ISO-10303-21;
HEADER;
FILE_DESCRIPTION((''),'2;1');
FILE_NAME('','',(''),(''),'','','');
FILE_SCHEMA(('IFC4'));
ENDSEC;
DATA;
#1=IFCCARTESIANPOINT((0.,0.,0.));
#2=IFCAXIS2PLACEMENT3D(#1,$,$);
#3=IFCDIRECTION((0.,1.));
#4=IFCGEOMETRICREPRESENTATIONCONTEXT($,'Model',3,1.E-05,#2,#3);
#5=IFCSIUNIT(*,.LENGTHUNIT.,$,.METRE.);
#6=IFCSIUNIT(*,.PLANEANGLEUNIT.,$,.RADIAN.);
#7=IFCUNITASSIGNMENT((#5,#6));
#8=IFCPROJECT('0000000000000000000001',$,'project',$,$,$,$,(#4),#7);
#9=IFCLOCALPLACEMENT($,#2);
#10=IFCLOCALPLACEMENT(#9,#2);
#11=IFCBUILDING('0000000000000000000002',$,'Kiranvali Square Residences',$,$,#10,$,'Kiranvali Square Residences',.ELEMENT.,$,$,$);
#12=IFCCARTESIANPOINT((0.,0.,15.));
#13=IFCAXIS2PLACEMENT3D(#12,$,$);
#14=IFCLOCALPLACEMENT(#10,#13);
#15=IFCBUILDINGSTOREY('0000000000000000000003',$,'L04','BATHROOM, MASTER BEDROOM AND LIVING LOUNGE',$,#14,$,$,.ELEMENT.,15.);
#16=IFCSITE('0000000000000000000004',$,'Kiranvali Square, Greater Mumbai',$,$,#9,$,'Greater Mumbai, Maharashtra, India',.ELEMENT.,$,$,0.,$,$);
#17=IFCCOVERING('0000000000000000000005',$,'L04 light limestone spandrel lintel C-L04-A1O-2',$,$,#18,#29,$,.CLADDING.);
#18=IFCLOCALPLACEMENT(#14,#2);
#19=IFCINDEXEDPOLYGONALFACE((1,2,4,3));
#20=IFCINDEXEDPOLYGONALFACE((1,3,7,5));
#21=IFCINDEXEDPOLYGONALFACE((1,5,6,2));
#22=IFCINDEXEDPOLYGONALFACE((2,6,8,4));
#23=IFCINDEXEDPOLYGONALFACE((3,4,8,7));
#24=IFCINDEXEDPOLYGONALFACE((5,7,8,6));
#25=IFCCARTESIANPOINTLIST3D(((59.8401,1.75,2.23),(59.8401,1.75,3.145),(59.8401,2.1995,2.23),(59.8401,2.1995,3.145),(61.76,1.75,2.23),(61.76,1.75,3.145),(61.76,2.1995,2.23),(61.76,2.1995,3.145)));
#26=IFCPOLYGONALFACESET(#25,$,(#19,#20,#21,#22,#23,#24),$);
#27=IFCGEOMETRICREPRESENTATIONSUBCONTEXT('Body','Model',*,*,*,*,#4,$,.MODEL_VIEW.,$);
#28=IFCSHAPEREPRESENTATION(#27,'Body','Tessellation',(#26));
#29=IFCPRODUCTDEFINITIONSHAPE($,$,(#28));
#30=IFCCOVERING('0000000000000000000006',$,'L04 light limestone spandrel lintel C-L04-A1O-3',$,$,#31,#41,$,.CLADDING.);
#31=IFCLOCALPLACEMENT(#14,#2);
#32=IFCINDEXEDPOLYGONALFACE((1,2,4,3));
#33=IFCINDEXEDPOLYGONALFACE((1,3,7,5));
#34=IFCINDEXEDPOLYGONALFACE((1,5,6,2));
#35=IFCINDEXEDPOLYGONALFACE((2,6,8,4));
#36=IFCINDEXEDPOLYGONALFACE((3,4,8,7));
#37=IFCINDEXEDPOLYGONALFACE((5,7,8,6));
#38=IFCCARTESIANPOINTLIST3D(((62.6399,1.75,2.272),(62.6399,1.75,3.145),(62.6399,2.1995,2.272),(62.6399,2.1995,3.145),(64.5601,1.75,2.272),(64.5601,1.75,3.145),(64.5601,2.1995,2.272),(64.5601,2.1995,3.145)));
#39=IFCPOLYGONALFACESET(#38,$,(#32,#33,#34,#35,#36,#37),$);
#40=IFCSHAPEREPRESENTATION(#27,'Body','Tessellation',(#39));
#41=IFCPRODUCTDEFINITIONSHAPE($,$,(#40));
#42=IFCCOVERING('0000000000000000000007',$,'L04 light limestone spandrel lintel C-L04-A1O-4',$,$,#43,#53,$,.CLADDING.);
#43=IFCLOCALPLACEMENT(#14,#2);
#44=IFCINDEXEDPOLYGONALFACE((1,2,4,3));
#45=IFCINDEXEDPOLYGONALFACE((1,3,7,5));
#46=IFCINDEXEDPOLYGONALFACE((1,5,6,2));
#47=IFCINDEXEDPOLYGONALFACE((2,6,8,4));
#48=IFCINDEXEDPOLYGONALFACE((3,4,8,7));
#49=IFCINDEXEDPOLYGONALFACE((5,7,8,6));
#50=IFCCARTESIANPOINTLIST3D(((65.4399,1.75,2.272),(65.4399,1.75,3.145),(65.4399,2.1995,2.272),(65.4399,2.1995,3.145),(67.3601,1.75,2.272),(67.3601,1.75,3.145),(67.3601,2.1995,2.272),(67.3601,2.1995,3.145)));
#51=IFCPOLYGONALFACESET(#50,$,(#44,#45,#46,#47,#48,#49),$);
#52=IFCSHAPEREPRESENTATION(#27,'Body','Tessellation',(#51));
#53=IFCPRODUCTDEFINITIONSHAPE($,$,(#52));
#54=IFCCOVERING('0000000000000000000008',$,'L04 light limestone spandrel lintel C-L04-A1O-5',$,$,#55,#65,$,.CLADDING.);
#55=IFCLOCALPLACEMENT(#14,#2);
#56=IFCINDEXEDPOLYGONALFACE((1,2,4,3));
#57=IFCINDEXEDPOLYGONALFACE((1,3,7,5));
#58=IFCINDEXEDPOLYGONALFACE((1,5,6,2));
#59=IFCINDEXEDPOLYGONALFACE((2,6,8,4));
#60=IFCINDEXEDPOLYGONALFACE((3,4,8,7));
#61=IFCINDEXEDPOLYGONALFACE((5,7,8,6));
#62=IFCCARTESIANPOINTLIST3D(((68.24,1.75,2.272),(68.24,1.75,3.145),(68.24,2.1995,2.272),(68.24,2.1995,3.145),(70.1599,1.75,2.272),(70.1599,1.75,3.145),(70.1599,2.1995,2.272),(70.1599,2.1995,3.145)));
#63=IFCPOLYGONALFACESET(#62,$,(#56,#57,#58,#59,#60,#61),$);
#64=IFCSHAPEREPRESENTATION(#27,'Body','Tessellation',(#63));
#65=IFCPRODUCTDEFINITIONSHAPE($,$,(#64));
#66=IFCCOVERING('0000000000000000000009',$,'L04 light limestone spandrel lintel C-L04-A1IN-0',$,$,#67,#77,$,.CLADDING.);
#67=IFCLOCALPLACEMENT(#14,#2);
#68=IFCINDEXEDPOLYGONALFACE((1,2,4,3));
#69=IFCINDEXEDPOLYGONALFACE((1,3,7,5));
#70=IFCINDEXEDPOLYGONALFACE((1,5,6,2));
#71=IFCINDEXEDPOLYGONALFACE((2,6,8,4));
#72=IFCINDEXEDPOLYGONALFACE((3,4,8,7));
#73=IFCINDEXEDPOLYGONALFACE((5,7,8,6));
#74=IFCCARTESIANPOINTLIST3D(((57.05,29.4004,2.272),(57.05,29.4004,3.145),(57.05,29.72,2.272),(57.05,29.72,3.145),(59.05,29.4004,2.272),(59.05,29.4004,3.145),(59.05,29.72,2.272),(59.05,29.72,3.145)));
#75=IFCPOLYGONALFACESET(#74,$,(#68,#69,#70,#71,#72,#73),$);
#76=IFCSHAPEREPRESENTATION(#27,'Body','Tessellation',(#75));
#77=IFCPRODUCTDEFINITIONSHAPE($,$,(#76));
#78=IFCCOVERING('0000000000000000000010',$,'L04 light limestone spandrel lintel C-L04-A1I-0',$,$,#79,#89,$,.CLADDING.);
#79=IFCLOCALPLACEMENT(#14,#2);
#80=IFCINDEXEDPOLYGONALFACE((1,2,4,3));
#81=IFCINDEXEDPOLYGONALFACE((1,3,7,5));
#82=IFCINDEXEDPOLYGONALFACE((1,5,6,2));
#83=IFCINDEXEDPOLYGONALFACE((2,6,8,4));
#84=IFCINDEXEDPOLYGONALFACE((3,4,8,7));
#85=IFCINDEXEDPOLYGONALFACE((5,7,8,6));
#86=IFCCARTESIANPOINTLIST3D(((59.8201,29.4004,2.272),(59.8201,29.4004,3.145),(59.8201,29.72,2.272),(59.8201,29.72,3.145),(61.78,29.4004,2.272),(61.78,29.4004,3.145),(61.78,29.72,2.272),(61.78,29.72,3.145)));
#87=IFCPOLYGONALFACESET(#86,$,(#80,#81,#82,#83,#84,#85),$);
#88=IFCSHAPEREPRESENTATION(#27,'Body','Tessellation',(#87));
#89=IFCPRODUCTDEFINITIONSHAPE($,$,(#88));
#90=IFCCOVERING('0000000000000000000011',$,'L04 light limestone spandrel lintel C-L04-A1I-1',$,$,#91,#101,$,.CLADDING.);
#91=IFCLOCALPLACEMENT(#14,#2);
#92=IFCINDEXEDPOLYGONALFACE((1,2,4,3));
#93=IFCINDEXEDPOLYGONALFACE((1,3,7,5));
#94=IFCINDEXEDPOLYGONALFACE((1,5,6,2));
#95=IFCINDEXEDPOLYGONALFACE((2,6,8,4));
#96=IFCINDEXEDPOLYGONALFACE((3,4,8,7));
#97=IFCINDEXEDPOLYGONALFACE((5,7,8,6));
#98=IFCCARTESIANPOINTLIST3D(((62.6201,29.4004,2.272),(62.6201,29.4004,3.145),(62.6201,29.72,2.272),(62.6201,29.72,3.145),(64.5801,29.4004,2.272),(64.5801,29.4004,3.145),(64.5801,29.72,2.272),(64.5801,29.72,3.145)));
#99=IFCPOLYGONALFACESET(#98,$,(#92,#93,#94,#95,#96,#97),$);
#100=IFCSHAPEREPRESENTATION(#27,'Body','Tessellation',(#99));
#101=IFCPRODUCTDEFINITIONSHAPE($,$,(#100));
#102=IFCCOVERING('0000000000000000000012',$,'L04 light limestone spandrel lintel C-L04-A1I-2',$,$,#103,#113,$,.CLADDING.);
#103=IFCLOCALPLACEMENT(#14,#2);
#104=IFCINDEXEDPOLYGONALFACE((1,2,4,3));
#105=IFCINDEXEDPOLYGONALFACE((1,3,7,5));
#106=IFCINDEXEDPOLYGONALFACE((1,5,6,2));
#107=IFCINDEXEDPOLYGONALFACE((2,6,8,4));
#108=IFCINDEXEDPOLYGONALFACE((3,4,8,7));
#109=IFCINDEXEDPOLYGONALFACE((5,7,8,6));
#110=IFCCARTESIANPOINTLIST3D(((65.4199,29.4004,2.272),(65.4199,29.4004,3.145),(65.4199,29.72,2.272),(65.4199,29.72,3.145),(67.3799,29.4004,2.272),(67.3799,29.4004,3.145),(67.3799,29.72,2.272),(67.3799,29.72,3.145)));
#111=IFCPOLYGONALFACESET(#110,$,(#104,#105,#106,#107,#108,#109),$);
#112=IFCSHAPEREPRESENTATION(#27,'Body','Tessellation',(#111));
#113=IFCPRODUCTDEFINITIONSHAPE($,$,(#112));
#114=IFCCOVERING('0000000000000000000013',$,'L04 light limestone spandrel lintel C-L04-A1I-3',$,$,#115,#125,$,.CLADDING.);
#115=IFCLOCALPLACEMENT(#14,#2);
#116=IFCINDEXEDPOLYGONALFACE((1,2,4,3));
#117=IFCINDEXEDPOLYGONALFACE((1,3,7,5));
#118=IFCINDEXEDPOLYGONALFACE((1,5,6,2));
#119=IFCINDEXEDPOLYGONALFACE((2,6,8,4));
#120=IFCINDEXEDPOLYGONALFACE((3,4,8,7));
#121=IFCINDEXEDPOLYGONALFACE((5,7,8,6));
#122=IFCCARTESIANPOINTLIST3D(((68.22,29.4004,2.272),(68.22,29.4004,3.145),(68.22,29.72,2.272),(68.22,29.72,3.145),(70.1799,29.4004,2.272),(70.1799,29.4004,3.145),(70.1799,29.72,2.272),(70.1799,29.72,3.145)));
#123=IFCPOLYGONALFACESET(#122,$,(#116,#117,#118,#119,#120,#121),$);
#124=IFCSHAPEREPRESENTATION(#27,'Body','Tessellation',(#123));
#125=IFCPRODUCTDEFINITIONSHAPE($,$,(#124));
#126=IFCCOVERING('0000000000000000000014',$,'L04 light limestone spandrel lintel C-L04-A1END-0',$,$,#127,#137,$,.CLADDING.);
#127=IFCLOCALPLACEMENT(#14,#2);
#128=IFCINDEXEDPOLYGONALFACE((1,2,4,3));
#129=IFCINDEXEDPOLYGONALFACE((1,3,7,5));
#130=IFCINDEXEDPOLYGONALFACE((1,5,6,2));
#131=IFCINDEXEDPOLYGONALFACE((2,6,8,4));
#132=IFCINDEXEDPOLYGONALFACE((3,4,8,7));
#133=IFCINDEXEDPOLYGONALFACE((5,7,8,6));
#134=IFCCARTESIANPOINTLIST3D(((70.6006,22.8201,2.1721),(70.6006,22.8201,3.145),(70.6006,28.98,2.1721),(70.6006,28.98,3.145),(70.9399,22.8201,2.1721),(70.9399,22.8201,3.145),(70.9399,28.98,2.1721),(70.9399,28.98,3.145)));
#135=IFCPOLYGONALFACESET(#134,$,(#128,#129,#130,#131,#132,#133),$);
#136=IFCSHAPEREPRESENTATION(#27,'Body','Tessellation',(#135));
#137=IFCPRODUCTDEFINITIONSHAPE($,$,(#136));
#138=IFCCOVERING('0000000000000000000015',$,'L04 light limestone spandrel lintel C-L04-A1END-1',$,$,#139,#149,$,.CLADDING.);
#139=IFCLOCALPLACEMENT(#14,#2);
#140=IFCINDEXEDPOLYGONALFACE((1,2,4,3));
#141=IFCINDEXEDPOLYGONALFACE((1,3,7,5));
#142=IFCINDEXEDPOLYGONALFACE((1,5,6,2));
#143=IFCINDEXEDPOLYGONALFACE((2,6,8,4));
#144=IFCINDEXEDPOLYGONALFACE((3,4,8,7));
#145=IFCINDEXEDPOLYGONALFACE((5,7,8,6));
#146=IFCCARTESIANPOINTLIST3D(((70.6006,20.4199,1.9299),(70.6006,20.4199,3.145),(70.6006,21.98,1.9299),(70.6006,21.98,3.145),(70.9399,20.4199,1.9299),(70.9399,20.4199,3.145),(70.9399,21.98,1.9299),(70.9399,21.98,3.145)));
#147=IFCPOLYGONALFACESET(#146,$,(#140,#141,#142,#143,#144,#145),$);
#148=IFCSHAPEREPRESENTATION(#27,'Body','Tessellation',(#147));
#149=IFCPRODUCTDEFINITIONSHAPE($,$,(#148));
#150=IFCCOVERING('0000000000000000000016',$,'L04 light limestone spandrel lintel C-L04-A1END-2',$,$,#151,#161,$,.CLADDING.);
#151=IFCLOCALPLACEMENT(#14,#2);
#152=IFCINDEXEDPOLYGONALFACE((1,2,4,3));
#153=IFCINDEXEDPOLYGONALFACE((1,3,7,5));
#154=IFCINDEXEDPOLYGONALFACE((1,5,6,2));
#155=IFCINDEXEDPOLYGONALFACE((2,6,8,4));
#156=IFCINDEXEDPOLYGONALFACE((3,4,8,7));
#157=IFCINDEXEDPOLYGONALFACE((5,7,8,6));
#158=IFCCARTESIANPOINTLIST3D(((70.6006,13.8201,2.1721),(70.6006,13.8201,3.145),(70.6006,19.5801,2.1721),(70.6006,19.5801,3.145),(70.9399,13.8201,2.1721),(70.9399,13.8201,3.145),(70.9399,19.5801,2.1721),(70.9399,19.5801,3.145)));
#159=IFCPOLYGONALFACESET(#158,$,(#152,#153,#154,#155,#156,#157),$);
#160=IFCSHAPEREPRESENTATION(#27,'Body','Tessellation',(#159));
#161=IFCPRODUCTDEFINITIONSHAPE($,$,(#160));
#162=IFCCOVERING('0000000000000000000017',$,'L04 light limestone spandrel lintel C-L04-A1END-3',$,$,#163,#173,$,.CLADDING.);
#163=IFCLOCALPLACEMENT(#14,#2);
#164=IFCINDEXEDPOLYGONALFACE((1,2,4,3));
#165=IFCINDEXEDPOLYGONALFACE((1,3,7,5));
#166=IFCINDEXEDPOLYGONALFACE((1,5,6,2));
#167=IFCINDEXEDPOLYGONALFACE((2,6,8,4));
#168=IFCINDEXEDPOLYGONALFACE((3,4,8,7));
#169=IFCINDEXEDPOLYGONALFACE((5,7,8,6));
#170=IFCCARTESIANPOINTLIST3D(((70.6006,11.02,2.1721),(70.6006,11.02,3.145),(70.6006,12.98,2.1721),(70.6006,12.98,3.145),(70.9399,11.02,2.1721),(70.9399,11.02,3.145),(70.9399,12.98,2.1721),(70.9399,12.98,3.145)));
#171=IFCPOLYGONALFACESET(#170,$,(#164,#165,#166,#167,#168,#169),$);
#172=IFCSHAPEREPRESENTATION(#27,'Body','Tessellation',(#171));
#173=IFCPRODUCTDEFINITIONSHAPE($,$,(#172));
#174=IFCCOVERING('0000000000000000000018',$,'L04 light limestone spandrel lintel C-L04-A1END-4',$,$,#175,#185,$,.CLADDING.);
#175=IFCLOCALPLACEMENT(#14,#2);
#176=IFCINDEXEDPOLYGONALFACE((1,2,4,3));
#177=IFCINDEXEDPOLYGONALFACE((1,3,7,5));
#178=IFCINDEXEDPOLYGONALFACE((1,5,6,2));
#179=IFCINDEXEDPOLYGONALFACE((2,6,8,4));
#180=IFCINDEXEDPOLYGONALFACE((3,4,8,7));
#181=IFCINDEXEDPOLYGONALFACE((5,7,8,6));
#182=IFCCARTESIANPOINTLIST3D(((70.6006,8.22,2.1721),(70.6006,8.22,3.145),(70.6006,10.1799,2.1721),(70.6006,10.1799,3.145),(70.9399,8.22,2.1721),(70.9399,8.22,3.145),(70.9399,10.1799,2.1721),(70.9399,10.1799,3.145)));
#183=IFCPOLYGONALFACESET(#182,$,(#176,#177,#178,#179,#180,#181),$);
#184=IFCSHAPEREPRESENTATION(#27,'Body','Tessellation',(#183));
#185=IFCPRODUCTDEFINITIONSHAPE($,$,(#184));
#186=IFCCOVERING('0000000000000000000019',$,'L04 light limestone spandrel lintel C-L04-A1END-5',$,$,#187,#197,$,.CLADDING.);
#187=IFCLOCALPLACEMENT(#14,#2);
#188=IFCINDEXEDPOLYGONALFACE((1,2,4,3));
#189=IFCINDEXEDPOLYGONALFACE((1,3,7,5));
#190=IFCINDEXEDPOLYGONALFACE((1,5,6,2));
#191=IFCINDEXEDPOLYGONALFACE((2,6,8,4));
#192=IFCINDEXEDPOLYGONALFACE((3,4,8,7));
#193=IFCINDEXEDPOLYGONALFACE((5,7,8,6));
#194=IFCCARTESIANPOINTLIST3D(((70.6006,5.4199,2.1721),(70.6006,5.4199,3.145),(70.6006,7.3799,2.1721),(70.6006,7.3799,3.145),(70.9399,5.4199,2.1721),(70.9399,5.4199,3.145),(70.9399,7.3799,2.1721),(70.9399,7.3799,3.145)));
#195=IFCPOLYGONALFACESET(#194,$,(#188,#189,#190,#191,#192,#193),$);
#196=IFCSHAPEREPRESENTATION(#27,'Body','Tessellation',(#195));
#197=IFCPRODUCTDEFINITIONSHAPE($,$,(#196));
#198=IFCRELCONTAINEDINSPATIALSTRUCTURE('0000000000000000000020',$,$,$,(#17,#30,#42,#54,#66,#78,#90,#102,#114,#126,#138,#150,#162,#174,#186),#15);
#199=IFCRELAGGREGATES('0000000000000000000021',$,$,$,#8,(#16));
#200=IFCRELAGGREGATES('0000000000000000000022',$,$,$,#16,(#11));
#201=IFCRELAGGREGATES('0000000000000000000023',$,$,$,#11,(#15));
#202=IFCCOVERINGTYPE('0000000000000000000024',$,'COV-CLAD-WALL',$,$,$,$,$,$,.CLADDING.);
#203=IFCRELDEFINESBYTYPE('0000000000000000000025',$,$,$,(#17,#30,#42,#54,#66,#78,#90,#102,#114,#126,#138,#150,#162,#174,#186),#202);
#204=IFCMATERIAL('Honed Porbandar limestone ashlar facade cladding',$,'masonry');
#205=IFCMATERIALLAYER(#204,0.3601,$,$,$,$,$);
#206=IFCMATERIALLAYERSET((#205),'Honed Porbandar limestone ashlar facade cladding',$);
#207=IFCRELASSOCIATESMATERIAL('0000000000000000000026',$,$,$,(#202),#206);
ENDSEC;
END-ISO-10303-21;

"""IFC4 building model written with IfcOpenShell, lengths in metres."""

from ifc_helpers import new_model, si_unit, direction, frame, origin, place, context, subcontext, project, spatial, polyline, outline, extrude, material, layer, layer_set, type_object, element, save


model = new_model("IFC4")

# Units and contexts
model_context = context("Model", 3, precision=1e-05, world=origin(), true_north=direction((0.0, 1.0)))
body_context = subcontext(model_context, "Body", "Model", "MODEL_VIEW")
ifc_project = project(units=[si_unit("LENGTHUNIT", "METRE"), si_unit("PLANEANGLEUNIT", "RADIAN")], contexts=[model_context])

# Site, building, storey
site_placement = place(None, origin())
site = spatial("IfcSite", under=ifc_project, at=site_placement, Name="Kiranvali Square, Greater Mumbai", LongName="Greater Mumbai, Maharashtra, India", CompositionType="ELEMENT", RefElevation=0.0)
building_placement = place(site_placement, origin())
building = spatial("IfcBuilding", under=site, at=building_placement, Name="Kiranvali Square Residences", LongName="Kiranvali Square Residences", CompositionType="ELEMENT")
storey_placement = place(building_placement, frame((0.0, 0.0, 15.0)))
storey = spatial("IfcBuildingStorey", under=building, at=storey_placement, Name="L04", Description="BATHROOM, MASTER BEDROOM AND LIVING LOUNGE", CompositionType="ELEMENT", Elevation=15.0)

# Coverings
ifc_material = material(Name="Honed Porbandar limestone ashlar facade cladding", Category="masonry")
ifc_layer_1 = layer(ifc_material, 0.3601)
ifc_layer_set_1 = layer_set([ifc_layer_1], Name="Honed Porbandar limestone ashlar facade cladding")
covering_type_1 = type_object("IfcCoveringType", Name="COV-CLAD-WALL", PredefinedType="CLADDING", material=ifc_layer_set_1)
covering_1_placement = place(storey_placement, frame((0.0, 0.0, 2.23)))
element("IfcCovering", 1, at=covering_1_placement, inside=storey, type_object=covering_type_1, Name="L04 light limestone spandrel lintel C-L04-A1O-2", PredefinedType="CLADDING", context=body_context, shape_type="SweptSolid", body=[
    extrude(outline(polyline([(59.8401, 1.75), (61.76, 1.75), (61.76, 2.1995), (59.8401, 2.1995), (59.8401, 1.75)])), origin(), (0.0, 0.0, 1.0), 0.915),
])
covering_2_placement = place(storey_placement, frame((0.0, 0.0, 2.272)))
element("IfcCovering", 2, at=covering_2_placement, inside=storey, type_object=covering_type_1, Name="L04 light limestone spandrel lintel C-L04-A1O-3", PredefinedType="CLADDING", context=body_context, shape_type="SweptSolid", body=[
    extrude(outline(polyline([(62.6399, 1.75), (64.5601, 1.75), (64.5601, 2.1995), (62.6399, 2.1995), (62.6399, 1.75)])), origin(), (0.0, 0.0, 1.0), 0.873),
])
covering_3_placement = place(storey_placement, frame((0.0, 0.0, 2.272)))
element("IfcCovering", 3, at=covering_3_placement, inside=storey, type_object=covering_type_1, Name="L04 light limestone spandrel lintel C-L04-A1O-4", PredefinedType="CLADDING", context=body_context, shape_type="SweptSolid", body=[
    extrude(outline(polyline([(65.4399, 1.75), (67.3601, 1.75), (67.3601, 2.1995), (65.4399, 2.1995), (65.4399, 1.75)])), origin(), (0.0, 0.0, 1.0), 0.873),
])
covering_4_placement = place(storey_placement, frame((0.0, 0.0, 2.272)))
element("IfcCovering", 4, at=covering_4_placement, inside=storey, type_object=covering_type_1, Name="L04 light limestone spandrel lintel C-L04-A1O-5", PredefinedType="CLADDING", context=body_context, shape_type="SweptSolid", body=[
    extrude(outline(polyline([(68.24, 1.75), (70.1599, 1.75), (70.1599, 2.1995), (68.24, 2.1995), (68.24, 1.75)])), origin(), (0.0, 0.0, 1.0), 0.873),
])
covering_5_placement = place(storey_placement, frame((0.0, 0.0, 2.272)))
element("IfcCovering", 5, at=covering_5_placement, inside=storey, type_object=covering_type_1, Name="L04 light limestone spandrel lintel C-L04-A1IN-0", PredefinedType="CLADDING", context=body_context, shape_type="SweptSolid", body=[
    extrude(outline(polyline([(57.05, 29.4004), (59.05, 29.4004), (59.05, 29.72), (57.05, 29.72), (57.05, 29.4004)])), origin(), (0.0, 0.0, 1.0), 0.873),
])
covering_6_placement = place(storey_placement, frame((0.0, 0.0, 2.272)))
element("IfcCovering", 6, at=covering_6_placement, inside=storey, type_object=covering_type_1, Name="L04 light limestone spandrel lintel C-L04-A1I-0", PredefinedType="CLADDING", context=body_context, shape_type="SweptSolid", body=[
    extrude(outline(polyline([(59.8201, 29.4004), (61.78, 29.4004), (61.78, 29.72), (59.8201, 29.72), (59.8201, 29.4004)])), origin(), (0.0, 0.0, 1.0), 0.873),
])
covering_7_placement = place(storey_placement, frame((0.0, 0.0, 2.272)))
element("IfcCovering", 7, at=covering_7_placement, inside=storey, type_object=covering_type_1, Name="L04 light limestone spandrel lintel C-L04-A1I-1", PredefinedType="CLADDING", context=body_context, shape_type="SweptSolid", body=[
    extrude(outline(polyline([(62.6201, 29.4004), (64.5801, 29.4004), (64.5801, 29.72), (62.6201, 29.72), (62.6201, 29.4004)])), origin(), (0.0, 0.0, 1.0), 0.873),
])
covering_8_placement = place(storey_placement, frame((0.0, 0.0, 2.272)))
element("IfcCovering", 8, at=covering_8_placement, inside=storey, type_object=covering_type_1, Name="L04 light limestone spandrel lintel C-L04-A1I-2", PredefinedType="CLADDING", context=body_context, shape_type="SweptSolid", body=[
    extrude(outline(polyline([(65.4199, 29.4004), (67.3799, 29.4004), (67.3799, 29.72), (65.4199, 29.72), (65.4199, 29.4004)])), origin(), (0.0, 0.0, 1.0), 0.873),
])
covering_9_placement = place(storey_placement, frame((0.0, 0.0, 2.272)))
element("IfcCovering", 9, at=covering_9_placement, inside=storey, type_object=covering_type_1, Name="L04 light limestone spandrel lintel C-L04-A1I-3", PredefinedType="CLADDING", context=body_context, shape_type="SweptSolid", body=[
    extrude(outline(polyline([(68.22, 29.4004), (70.1799, 29.4004), (70.1799, 29.72), (68.22, 29.72), (68.22, 29.4004)])), origin(), (0.0, 0.0, 1.0), 0.873),
])
covering_10_placement = place(storey_placement, frame((0.0, 0.0, 2.1721)))
element("IfcCovering", 10, at=covering_10_placement, inside=storey, type_object=covering_type_1, Name="L04 light limestone spandrel lintel C-L04-A1END-0", PredefinedType="CLADDING", context=body_context, shape_type="SweptSolid", body=[
    extrude(outline(polyline([(70.6006, 28.98), (70.6006, 22.8201), (70.9399, 22.8201), (70.9399, 28.98), (70.6006, 28.98)])), origin(), (0.0, 0.0, 1.0), 0.9729),
])
covering_11_placement = place(storey_placement, frame((0.0, 0.0, 1.9299)))
element("IfcCovering", 11, at=covering_11_placement, inside=storey, type_object=covering_type_1, Name="L04 light limestone spandrel lintel C-L04-A1END-1", PredefinedType="CLADDING", context=body_context, shape_type="SweptSolid", body=[
    extrude(outline(polyline([(70.6006, 21.98), (70.6006, 20.4199), (70.9399, 20.4199), (70.9399, 21.98), (70.6006, 21.98)])), origin(), (0.0, 0.0, 1.0), 1.2151),
])
covering_12_placement = place(storey_placement, frame((0.0, 0.0, 2.1721)))
element("IfcCovering", 12, at=covering_12_placement, inside=storey, type_object=covering_type_1, Name="L04 light limestone spandrel lintel C-L04-A1END-2", PredefinedType="CLADDING", context=body_context, shape_type="SweptSolid", body=[
    extrude(outline(polyline([(70.6006, 19.5801), (70.6006, 13.8201), (70.9399, 13.8201), (70.9399, 19.5801), (70.6006, 19.5801)])), origin(), (0.0, 0.0, 1.0), 0.9729),
])
covering_13_placement = place(storey_placement, frame((0.0, 0.0, 2.1721)))
element("IfcCovering", 13, at=covering_13_placement, inside=storey, type_object=covering_type_1, Name="L04 light limestone spandrel lintel C-L04-A1END-3", PredefinedType="CLADDING", context=body_context, shape_type="SweptSolid", body=[
    extrude(outline(polyline([(70.6006, 12.98), (70.6006, 11.02), (70.9399, 11.02), (70.9399, 12.98), (70.6006, 12.98)])), origin(), (0.0, 0.0, 1.0), 0.9729),
])
covering_14_placement = place(storey_placement, frame((0.0, 0.0, 2.1721)))
element("IfcCovering", 14, at=covering_14_placement, inside=storey, type_object=covering_type_1, Name="L04 light limestone spandrel lintel C-L04-A1END-4", PredefinedType="CLADDING", context=body_context, shape_type="SweptSolid", body=[
    extrude(outline(polyline([(70.6006, 10.1799), (70.6006, 8.22), (70.9399, 8.22), (70.9399, 10.1799), (70.6006, 10.1799)])), origin(), (0.0, 0.0, 1.0), 0.9729),
])
covering_15_placement = place(storey_placement, frame((0.0, 0.0, 2.1721)))
element("IfcCovering", 15, at=covering_15_placement, inside=storey, type_object=covering_type_1, Name="L04 light limestone spandrel lintel C-L04-A1END-5", PredefinedType="CLADDING", context=body_context, shape_type="SweptSolid", body=[
    extrude(outline(polyline([(70.6006, 7.3799), (70.6006, 5.4199), (70.9399, 5.4199), (70.9399, 7.3799), (70.6006, 7.3799)])), origin(), (0.0, 0.0, 1.0), 0.9729),
])

save(model, "model.ifc")
